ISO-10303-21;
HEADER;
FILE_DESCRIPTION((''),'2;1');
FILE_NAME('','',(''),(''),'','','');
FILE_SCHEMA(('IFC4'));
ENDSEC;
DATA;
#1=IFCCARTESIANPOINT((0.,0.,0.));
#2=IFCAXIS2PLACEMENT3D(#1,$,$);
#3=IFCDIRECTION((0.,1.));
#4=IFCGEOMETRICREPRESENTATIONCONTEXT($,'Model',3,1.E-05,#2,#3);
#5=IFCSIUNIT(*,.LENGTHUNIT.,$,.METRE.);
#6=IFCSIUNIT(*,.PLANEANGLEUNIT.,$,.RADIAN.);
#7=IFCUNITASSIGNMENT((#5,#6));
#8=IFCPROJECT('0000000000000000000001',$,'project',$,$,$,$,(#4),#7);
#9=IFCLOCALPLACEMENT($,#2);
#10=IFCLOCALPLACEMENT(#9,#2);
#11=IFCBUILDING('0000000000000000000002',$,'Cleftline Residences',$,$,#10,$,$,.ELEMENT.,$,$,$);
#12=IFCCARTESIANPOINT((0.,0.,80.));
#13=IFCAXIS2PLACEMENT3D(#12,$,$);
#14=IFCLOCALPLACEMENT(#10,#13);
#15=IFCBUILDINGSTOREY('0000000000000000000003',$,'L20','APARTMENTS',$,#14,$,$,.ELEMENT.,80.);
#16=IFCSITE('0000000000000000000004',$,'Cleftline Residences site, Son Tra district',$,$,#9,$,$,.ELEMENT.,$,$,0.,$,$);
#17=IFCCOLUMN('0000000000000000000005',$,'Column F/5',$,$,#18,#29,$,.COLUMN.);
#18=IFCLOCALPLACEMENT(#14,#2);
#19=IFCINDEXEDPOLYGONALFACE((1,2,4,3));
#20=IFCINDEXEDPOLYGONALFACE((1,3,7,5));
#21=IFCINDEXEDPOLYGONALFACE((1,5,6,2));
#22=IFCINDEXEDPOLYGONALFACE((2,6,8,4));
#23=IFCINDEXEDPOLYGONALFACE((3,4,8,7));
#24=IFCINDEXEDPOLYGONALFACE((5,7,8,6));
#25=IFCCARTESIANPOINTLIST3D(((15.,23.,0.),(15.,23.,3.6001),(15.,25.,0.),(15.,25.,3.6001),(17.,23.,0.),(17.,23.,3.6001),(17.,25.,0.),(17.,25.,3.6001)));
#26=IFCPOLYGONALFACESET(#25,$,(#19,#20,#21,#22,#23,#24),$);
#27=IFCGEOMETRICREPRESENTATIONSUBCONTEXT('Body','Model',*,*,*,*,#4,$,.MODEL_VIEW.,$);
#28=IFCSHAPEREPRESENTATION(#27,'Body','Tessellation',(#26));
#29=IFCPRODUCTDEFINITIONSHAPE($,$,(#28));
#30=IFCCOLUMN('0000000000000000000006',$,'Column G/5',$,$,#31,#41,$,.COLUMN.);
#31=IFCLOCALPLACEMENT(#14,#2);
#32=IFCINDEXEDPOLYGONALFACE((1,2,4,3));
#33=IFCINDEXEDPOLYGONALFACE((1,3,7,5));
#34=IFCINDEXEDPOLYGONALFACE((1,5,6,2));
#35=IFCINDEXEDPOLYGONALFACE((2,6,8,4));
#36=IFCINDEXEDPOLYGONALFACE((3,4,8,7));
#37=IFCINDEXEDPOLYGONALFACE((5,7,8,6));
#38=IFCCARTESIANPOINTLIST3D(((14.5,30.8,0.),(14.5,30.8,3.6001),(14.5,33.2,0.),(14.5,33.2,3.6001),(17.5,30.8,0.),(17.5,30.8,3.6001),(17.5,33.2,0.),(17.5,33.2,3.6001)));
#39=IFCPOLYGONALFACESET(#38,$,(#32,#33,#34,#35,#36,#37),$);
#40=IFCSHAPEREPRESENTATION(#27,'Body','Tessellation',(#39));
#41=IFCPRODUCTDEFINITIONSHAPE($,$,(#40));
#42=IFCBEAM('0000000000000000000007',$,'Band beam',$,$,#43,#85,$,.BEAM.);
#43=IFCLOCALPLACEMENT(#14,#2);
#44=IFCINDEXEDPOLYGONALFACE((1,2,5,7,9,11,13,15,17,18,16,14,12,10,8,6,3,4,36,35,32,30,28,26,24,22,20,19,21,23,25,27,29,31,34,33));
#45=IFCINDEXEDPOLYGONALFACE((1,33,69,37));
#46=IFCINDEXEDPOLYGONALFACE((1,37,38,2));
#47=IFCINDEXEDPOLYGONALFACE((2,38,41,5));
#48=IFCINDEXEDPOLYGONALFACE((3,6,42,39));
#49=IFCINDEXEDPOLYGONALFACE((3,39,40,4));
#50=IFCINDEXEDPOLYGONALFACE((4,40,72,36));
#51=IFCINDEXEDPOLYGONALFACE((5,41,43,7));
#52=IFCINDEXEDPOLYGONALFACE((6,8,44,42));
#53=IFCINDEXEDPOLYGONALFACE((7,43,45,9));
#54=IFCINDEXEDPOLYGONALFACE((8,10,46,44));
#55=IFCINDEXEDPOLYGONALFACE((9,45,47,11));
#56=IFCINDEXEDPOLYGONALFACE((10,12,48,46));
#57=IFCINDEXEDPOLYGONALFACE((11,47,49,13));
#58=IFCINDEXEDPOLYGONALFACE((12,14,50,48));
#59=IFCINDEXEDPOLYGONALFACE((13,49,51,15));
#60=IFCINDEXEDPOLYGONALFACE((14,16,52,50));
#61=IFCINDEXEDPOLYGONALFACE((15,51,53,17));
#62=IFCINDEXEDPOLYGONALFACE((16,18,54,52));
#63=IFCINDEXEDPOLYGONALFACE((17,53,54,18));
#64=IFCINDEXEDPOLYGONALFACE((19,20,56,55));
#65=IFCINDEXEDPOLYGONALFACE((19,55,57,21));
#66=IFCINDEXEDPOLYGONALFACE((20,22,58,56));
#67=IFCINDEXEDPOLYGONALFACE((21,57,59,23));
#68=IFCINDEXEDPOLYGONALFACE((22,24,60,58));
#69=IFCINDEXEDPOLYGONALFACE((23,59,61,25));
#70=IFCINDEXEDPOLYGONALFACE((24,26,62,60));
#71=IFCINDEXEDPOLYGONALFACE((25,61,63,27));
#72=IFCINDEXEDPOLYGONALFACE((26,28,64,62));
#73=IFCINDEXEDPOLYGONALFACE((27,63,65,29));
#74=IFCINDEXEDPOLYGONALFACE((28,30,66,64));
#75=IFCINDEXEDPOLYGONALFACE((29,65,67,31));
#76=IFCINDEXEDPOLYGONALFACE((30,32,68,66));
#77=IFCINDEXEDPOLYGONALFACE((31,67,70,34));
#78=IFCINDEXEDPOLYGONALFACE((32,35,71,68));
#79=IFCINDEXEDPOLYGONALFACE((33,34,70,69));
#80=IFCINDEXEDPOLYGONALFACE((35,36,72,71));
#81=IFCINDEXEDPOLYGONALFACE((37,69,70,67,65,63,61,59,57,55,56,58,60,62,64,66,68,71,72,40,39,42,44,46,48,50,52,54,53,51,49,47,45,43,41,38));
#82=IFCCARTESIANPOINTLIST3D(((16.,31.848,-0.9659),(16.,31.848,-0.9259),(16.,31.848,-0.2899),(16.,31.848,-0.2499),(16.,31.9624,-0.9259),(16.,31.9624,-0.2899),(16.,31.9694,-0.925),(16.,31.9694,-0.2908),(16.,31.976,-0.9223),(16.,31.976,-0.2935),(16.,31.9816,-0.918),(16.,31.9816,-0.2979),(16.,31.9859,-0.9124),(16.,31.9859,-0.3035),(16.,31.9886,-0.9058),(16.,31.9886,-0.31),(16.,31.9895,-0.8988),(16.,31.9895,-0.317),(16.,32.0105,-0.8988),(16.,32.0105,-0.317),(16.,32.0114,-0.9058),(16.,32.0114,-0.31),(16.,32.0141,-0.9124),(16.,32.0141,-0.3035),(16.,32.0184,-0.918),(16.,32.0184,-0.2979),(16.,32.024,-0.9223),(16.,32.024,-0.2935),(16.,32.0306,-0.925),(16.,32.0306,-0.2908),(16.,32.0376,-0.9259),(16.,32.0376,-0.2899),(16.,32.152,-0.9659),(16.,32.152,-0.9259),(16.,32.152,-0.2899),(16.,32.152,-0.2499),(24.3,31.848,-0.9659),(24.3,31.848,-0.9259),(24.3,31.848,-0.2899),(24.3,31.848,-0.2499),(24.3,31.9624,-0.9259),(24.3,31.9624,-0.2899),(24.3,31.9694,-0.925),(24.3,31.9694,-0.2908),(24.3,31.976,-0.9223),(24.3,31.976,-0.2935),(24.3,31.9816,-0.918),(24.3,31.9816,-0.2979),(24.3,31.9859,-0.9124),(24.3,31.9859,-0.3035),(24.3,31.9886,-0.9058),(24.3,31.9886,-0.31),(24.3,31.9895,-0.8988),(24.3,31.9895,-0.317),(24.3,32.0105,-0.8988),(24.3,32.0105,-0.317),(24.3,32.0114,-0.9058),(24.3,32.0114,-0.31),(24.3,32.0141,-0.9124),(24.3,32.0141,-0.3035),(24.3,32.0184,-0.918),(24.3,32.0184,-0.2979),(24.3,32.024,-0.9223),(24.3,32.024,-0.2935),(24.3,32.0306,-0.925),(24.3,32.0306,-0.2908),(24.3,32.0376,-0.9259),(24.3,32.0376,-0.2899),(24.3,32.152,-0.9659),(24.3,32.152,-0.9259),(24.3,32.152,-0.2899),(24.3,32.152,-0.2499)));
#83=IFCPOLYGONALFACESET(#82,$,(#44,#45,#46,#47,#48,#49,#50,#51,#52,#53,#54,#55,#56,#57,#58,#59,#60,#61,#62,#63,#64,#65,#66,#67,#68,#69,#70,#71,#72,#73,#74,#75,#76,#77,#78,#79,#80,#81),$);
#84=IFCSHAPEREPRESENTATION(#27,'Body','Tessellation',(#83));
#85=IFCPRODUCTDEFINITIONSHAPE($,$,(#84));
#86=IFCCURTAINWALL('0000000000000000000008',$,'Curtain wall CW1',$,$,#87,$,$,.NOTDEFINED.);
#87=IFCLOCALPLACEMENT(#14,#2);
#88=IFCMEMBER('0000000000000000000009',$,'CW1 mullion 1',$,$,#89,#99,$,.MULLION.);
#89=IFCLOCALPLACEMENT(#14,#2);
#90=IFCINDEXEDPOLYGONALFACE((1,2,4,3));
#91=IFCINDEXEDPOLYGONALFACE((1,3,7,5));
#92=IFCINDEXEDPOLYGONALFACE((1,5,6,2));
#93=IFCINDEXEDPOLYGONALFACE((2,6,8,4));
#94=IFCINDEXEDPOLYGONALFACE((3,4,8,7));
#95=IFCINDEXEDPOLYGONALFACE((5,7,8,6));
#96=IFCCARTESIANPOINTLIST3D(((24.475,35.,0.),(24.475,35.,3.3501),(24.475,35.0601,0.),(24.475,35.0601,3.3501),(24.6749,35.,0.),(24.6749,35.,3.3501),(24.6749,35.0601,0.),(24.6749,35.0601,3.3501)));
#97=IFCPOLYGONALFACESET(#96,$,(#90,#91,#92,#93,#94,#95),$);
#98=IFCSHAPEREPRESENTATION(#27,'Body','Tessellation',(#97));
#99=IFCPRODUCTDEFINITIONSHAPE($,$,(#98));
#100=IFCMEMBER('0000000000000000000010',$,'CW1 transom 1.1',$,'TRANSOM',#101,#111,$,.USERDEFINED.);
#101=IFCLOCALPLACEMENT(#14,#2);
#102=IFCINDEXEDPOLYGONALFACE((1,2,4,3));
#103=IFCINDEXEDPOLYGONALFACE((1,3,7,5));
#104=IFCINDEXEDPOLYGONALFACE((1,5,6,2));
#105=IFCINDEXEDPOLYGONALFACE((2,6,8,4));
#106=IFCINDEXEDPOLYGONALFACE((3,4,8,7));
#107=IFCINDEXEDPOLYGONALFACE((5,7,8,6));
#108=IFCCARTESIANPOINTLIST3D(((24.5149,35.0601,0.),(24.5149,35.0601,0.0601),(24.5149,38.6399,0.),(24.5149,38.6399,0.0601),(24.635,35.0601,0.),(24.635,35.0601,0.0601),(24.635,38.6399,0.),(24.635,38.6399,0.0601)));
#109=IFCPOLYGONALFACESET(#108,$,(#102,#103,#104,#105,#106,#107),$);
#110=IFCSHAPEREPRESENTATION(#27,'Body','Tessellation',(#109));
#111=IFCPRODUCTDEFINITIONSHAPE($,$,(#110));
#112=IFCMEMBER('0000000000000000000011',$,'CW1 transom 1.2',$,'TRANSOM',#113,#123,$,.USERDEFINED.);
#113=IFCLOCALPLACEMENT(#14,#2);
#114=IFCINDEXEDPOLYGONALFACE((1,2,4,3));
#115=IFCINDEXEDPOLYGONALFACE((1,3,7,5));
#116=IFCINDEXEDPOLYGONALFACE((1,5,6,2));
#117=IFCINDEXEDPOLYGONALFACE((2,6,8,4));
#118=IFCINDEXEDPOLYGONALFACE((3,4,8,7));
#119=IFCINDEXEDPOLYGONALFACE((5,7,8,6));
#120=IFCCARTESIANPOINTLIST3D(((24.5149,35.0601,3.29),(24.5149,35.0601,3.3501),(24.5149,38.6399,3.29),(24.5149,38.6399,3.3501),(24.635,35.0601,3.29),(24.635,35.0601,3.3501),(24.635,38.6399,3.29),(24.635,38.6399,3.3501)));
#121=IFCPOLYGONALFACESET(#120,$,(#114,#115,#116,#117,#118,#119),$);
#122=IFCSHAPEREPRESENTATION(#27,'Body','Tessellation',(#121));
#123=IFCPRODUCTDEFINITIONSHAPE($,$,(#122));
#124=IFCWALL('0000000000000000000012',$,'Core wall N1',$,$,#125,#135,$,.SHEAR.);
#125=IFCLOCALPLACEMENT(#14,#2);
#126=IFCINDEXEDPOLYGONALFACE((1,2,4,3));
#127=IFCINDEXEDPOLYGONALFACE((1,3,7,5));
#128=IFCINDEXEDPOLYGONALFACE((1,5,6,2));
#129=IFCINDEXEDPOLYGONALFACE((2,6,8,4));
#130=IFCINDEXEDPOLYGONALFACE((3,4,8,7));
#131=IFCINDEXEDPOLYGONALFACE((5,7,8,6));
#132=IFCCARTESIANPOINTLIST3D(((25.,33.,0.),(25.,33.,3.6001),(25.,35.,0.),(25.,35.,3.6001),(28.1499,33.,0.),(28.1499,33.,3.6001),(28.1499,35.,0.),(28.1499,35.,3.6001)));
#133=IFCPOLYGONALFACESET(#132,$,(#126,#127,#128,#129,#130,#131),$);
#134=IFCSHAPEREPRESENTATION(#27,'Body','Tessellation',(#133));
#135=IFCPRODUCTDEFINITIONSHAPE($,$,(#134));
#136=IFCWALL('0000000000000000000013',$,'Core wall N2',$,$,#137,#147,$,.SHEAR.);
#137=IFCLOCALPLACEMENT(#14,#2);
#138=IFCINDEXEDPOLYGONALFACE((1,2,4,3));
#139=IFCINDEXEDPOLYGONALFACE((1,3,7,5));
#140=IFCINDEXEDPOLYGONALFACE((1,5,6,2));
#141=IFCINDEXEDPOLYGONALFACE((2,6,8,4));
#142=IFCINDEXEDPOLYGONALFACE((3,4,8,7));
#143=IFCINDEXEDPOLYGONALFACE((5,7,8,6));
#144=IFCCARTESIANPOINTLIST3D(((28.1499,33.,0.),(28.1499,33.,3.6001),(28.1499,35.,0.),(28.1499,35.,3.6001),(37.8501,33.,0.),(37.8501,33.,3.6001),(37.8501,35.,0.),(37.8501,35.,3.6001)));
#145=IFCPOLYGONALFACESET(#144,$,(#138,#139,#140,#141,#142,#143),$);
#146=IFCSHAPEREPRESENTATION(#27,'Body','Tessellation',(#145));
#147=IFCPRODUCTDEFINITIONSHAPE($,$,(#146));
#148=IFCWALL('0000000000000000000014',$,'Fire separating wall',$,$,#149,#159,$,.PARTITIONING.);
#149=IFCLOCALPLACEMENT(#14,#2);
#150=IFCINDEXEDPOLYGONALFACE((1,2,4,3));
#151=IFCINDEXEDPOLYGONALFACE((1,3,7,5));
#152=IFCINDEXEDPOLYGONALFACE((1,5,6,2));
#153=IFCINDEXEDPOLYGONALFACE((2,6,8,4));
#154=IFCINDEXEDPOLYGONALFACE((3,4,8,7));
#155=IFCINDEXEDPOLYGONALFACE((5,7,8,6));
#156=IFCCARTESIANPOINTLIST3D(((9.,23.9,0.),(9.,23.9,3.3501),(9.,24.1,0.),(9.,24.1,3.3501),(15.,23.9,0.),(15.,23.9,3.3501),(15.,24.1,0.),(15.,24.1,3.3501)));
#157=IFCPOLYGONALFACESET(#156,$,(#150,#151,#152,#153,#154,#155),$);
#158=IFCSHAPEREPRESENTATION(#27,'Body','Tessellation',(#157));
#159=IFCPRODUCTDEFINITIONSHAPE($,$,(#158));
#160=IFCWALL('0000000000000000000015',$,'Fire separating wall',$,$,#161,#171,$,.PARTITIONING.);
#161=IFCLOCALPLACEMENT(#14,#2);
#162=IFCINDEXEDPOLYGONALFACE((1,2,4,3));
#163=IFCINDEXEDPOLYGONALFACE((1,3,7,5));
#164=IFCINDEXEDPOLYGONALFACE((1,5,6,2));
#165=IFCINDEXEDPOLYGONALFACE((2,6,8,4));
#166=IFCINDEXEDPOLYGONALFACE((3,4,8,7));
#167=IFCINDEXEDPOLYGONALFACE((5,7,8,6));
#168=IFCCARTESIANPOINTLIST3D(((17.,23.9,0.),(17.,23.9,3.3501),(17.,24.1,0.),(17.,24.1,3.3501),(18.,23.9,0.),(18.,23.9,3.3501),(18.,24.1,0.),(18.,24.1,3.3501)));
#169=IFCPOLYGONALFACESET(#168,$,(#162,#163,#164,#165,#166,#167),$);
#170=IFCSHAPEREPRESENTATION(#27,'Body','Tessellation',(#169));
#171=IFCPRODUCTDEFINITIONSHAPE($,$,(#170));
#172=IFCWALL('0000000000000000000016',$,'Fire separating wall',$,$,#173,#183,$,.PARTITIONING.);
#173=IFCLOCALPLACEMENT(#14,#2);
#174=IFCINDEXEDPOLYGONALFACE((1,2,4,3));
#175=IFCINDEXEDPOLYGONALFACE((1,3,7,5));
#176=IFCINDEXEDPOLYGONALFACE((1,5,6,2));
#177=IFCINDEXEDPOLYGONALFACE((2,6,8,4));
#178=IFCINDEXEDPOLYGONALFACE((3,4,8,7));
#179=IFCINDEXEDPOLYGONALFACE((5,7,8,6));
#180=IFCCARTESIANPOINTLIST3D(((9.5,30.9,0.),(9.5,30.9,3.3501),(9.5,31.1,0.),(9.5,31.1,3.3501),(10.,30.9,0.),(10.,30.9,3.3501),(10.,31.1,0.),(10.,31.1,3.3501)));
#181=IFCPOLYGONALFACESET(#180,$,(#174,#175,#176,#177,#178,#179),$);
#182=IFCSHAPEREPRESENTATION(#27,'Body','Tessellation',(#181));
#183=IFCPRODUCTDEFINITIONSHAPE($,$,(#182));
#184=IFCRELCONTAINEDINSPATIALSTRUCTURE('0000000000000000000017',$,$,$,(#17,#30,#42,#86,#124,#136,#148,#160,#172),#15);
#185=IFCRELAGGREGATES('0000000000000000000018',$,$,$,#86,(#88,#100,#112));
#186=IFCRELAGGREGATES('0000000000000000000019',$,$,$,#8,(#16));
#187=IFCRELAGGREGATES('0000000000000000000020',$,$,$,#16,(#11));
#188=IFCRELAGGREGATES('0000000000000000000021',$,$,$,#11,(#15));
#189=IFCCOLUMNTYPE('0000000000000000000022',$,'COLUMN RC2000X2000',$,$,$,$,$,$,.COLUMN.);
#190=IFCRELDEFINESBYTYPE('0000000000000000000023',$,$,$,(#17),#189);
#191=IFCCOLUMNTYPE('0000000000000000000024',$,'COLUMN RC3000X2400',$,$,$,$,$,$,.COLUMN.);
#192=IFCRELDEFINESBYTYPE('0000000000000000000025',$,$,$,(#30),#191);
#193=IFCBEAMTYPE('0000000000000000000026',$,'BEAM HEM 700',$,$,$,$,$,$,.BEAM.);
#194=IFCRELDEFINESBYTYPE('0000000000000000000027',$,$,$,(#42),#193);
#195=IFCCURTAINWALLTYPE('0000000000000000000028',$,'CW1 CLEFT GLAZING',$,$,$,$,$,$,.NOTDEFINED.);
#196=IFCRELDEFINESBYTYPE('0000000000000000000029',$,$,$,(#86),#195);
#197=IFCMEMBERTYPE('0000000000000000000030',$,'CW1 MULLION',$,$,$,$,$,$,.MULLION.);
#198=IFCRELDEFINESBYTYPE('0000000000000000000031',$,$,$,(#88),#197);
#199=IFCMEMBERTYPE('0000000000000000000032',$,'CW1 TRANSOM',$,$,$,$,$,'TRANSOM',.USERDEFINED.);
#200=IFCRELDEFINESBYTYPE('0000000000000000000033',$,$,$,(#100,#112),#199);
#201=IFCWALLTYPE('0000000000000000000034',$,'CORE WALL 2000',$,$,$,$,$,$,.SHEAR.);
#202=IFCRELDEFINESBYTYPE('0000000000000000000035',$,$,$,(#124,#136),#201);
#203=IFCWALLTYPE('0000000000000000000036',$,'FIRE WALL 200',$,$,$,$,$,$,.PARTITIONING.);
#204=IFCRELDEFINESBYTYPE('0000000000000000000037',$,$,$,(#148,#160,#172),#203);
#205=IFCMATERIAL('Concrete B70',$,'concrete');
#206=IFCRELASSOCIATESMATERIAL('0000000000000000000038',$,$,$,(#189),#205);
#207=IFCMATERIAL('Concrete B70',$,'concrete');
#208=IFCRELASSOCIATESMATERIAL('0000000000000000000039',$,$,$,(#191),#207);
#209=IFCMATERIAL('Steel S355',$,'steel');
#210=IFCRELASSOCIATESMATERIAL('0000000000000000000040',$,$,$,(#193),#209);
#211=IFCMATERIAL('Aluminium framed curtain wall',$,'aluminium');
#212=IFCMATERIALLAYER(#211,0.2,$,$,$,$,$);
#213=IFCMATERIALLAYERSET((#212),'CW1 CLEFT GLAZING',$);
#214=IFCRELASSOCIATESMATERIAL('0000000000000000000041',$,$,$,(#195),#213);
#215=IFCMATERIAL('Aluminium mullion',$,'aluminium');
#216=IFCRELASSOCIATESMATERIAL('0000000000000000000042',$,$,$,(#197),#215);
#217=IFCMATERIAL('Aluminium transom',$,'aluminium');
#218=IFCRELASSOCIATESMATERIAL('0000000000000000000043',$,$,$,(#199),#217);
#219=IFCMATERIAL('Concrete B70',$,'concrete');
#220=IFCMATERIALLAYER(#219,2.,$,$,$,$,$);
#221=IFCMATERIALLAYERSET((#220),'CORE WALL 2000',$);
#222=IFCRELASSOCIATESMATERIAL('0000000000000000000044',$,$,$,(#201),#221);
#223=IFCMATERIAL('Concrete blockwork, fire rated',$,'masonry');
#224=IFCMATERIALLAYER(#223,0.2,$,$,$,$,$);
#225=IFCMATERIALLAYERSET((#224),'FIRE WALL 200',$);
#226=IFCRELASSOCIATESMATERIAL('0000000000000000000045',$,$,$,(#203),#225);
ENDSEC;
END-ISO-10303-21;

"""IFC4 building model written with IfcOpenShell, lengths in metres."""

from ifc_helpers import new_model, si_unit, direction, frame, frame_2d, origin, origin_2d, place, context, subcontext, project, spatial, rectangle, i_section, extrude, material, layer, layer_set, material_profile, profile_set, type_object, element, aggregate, save


model = new_model("IFC4")

# Units and contexts
model_context = context("Model", 3, precision=1e-05, world=origin(), true_north=direction((0.0, 1.0)))
body_context = subcontext(model_context, "Body", "Model", "MODEL_VIEW")
ifc_project = project(units=[si_unit("LENGTHUNIT", "METRE"), si_unit("PLANEANGLEUNIT", "RADIAN")], contexts=[model_context])

# Site, building, storey
site_placement = place(None, origin())
site = spatial("IfcSite", under=ifc_project, at=site_placement, Name="Cleftline Residences site, Son Tra district", CompositionType="ELEMENT", RefElevation=0.0)
building_placement = place(site_placement, origin())
building = spatial("IfcBuilding", under=site, at=building_placement, Name="Cleftline Residences", CompositionType="ELEMENT")
storey_placement = place(building_placement, frame((0.0, 0.0, 80.0)))
storey = spatial("IfcBuildingStorey", under=building, at=storey_placement, Name="L20", Description="APARTMENTS", CompositionType="ELEMENT", Elevation=80.0)

# Columns
ifc_material_1 = material(Name="Concrete B70", Category="concrete")
ifc_material_profile_1 = material_profile(ifc_material_1, rectangle(XDim=2.0, YDim=2.0, at=origin_2d()))
ifc_profile_set_1 = profile_set([ifc_material_profile_1], Name="Concrete B70")
column_type_1 = type_object("IfcColumnType", Name="COLUMN RC2000X2000", PredefinedType="COLUMN", material=ifc_profile_set_1)
column_1_placement = place(storey_placement, frame((16.0, 24.0, 0.0), z_axis=(0.0, 0.0, 1.0), x_axis=(1.0, 0.0, 0.0)))
element("IfcColumn", 1, at=column_1_placement, inside=storey, type_object=column_type_1, Name="Column F/5", PredefinedType="COLUMN", context=body_context, shape_type="SweptSolid", body=[
    extrude(rectangle(XDim=2.0, YDim=2.0, at=origin_2d()), origin(), (0.0, 0.0, 1.0), 3.6001),
])
ifc_material_2 = material(Name="Concrete B70", Category="concrete")
ifc_material_profile_2 = material_profile(ifc_material_2, rectangle(XDim=3.0, YDim=2.3999, at=origin_2d()))
ifc_profile_set_2 = profile_set([ifc_material_profile_2], Name="Concrete B70")
column_type_2 = type_object("IfcColumnType", Name="COLUMN RC3000X2400", PredefinedType="COLUMN", material=ifc_profile_set_2)
column_2_placement = place(storey_placement, frame((16.0, 32.0, 0.0), z_axis=(0.0, 0.0, 1.0), x_axis=(1.0, 0.0, 0.0)))
element("IfcColumn", 2, at=column_2_placement, inside=storey, type_object=column_type_2, Name="Column G/5", PredefinedType="COLUMN", context=body_context, shape_type="SweptSolid", body=[
    extrude(rectangle(XDim=3.0, YDim=2.3999, at=origin_2d()), origin(), (0.0, 0.0, 1.0), 3.6001),
])

# Beam
ifc_material_3 = material(Name="Steel S355", Category="steel")
ifc_material_profile_3 = material_profile(ifc_material_3, i_section(OverallWidth=0.304, OverallDepth=0.7161, WebThickness=0.021, FlangeThickness=0.04, FilletRadius=0.0271, at=origin_2d()))
ifc_profile_set_3 = profile_set([ifc_material_profile_3], Name="Steel S355")
beam_type = type_object("IfcBeamType", Name="BEAM HEM 700", PredefinedType="BEAM", material=ifc_profile_set_3)
beam_placement = place(storey_placement, frame((16.0, 32.0, -0.6079), z_axis=(1.0, 0.0, 0.0), x_axis=(0.0, 1.0, 0.0)))
element("IfcBeam", 3, at=beam_placement, inside=storey, type_object=beam_type, Name="Band beam", PredefinedType="BEAM", context=body_context, shape_type="SweptSolid", body=[
    extrude(i_section(OverallWidth=0.304, OverallDepth=0.7161, WebThickness=0.021, FlangeThickness=0.04, FilletRadius=0.0271, at=origin_2d()), origin(), (0.0, 0.0, 1.0), 8.3),
])

# Curtain wall, members
ifc_material_4 = material(Name="Aluminium framed curtain wall", Category="aluminium")
ifc_layer_1 = layer(ifc_material_4, 0.2)
ifc_layer_set_1 = layer_set([ifc_layer_1], Name="CW1 CLEFT GLAZING")
curtain_wall_type = type_object("IfcCurtainWallType", Name="CW1 CLEFT GLAZING", PredefinedType="NOTDEFINED", material=ifc_layer_set_1)
curtain_wall_placement = place(storey_placement, origin())
curtain_wall = element("IfcCurtainWall", 4, at=curtain_wall_placement, inside=storey, type_object=curtain_wall_type, Name="Curtain wall CW1", PredefinedType="NOTDEFINED")
ifc_material_5 = material(Name="Aluminium mullion", Category="aluminium")
ifc_material_profile_4 = material_profile(ifc_material_5, rectangle(XDim=0.2, YDim=0.0601, at=origin_2d()))
ifc_profile_set_4 = profile_set([ifc_material_profile_4], Name="Aluminium mullion")
member_type_1 = type_object("IfcMemberType", Name="CW1 MULLION", PredefinedType="MULLION", material=ifc_profile_set_4)
member_1_placement = place(storey_placement, frame((24.575, 35.03, 0.0), z_axis=(0.0, 0.0, 1.0), x_axis=(-1.0, 0.0, 0.0)))
member_1 = element("IfcMember", 5, at=member_1_placement, type_object=member_type_1, Name="CW1 mullion 1", PredefinedType="MULLION", context=body_context, shape_type="SweptSolid", body=[
    extrude(rectangle(XDim=0.2, YDim=0.0601, at=origin_2d()), origin(), (0.0, 0.0, 1.0), 3.3501),
])
ifc_material_6 = material(Name="Aluminium transom", Category="aluminium")
ifc_material_profile_5 = material_profile(ifc_material_6, rectangle(XDim=0.1201, YDim=0.0601, at=origin_2d()))
ifc_profile_set_5 = profile_set([ifc_material_profile_5], Name="Aluminium transom")
member_type_2 = type_object("IfcMemberType", Name="CW1 TRANSOM", ElementType="TRANSOM", PredefinedType="USERDEFINED", material=ifc_profile_set_5)
member_2_placement = place(storey_placement, frame((24.575, 35.0601, 0.03), z_axis=(0.0, 1.0, 0.0), x_axis=(-1.0, 0.0, 0.0)))
member_2 = element("IfcMember", 6, at=member_2_placement, type_object=member_type_2, Name="CW1 transom 1.1", ObjectType="TRANSOM", PredefinedType="USERDEFINED", context=body_context, shape_type="SweptSolid", body=[
    extrude(rectangle(XDim=0.1201, YDim=0.0601, at=origin_2d()), origin(), (0.0, 0.0, 1.0), 3.5798),
])
member_3_placement = place(storey_placement, frame((24.575, 35.0601, 3.3201), z_axis=(0.0, 1.0, 0.0), x_axis=(-1.0, 0.0, 0.0)))
member_3 = element("IfcMember", 7, at=member_3_placement, type_object=member_type_2, Name="CW1 transom 1.2", ObjectType="TRANSOM", PredefinedType="USERDEFINED", context=body_context, shape_type="SweptSolid", body=[
    extrude(rectangle(XDim=0.1201, YDim=0.0601, at=origin_2d()), origin(), (0.0, 0.0, 1.0), 3.5798),
])
aggregate(curtain_wall, [member_1, member_2, member_3])

# Walls
ifc_material_7 = material(Name="Concrete B70", Category="concrete")
ifc_layer_2 = layer(ifc_material_7, 2.0)
ifc_layer_set_2 = layer_set([ifc_layer_2], Name="CORE WALL 2000")
wall_type_1 = type_object("IfcWallType", Name="CORE WALL 2000", PredefinedType="SHEAR", material=ifc_layer_set_2)
wall_1_placement = place(storey_placement, frame((25.0, 34.0, 0.0), z_axis=(0.0, 0.0, 1.0), x_axis=(1.0, 0.0, 0.0)))
element("IfcWall", 8, at=wall_1_placement, inside=storey, type_object=wall_type_1, Name="Core wall N1", PredefinedType="SHEAR", context=body_context, shape_type="SweptSolid", body=[
    extrude(rectangle(XDim=3.1499, YDim=2.0, at=frame_2d((1.575, 0.0))), origin(), (0.0, 0.0, 1.0), 3.6001),
])
wall_2_placement = place(storey_placement, frame((28.1499, 34.0, 0.0), z_axis=(0.0, 0.0, 1.0), x_axis=(1.0, 0.0, 0.0)))
element("IfcWall", 9, at=wall_2_placement, inside=storey, type_object=wall_type_1, Name="Core wall N2", PredefinedType="SHEAR", context=body_context, shape_type="SweptSolid", body=[
    extrude(rectangle(XDim=9.7002, YDim=2.0, at=frame_2d((4.8501, 0.0))), origin(), (0.0, 0.0, 1.0), 3.6001),
])
ifc_material_8 = material(Name="Concrete blockwork, fire rated", Category="masonry")
ifc_layer_3 = layer(ifc_material_8, 0.2)
ifc_layer_set_3 = layer_set([ifc_layer_3], Name="FIRE WALL 200")
wall_type_2 = type_object("IfcWallType", Name="FIRE WALL 200", PredefinedType="PARTITIONING", material=ifc_layer_set_3)
wall_3_placement = place(storey_placement, frame((9.0, 24.0, 0.0), z_axis=(0.0, 0.0, 1.0), x_axis=(1.0, 0.0, 0.0)))
element("IfcWall", 10, at=wall_3_placement, inside=storey, type_object=wall_type_2, Name="Fire separating wall", PredefinedType="PARTITIONING", context=body_context, shape_type="SweptSolid", body=[
    extrude(rectangle(XDim=6.0, YDim=0.2, at=frame_2d((3.0, 0.0))), origin(), (0.0, 0.0, 1.0), 3.3501),
])
wall_4_placement = place(storey_placement, frame((17.0, 24.0, 0.0), z_axis=(0.0, 0.0, 1.0), x_axis=(1.0, 0.0, 0.0)))
element("IfcWall", 11, at=wall_4_placement, inside=storey, type_object=wall_type_2, Name="Fire separating wall", PredefinedType="PARTITIONING", context=body_context, shape_type="SweptSolid", body=[
    extrude(rectangle(XDim=1.0, YDim=0.2, at=frame_2d((0.5, 0.0))), origin(), (0.0, 0.0, 1.0), 3.3501),
])
wall_5_placement = place(storey_placement, frame((9.5, 31.0, 0.0), z_axis=(0.0, 0.0, 1.0), x_axis=(1.0, 0.0, 0.0)))
element("IfcWall", 12, at=wall_5_placement, inside=storey, type_object=wall_type_2, Name="Fire separating wall", PredefinedType="PARTITIONING", context=body_context, shape_type="SweptSolid", body=[
    extrude(rectangle(XDim=0.5, YDim=0.2, at=frame_2d((0.25, 0.0))), origin(), (0.0, 0.0, 1.0), 3.3501),
])

save(model, "model.ifc")
